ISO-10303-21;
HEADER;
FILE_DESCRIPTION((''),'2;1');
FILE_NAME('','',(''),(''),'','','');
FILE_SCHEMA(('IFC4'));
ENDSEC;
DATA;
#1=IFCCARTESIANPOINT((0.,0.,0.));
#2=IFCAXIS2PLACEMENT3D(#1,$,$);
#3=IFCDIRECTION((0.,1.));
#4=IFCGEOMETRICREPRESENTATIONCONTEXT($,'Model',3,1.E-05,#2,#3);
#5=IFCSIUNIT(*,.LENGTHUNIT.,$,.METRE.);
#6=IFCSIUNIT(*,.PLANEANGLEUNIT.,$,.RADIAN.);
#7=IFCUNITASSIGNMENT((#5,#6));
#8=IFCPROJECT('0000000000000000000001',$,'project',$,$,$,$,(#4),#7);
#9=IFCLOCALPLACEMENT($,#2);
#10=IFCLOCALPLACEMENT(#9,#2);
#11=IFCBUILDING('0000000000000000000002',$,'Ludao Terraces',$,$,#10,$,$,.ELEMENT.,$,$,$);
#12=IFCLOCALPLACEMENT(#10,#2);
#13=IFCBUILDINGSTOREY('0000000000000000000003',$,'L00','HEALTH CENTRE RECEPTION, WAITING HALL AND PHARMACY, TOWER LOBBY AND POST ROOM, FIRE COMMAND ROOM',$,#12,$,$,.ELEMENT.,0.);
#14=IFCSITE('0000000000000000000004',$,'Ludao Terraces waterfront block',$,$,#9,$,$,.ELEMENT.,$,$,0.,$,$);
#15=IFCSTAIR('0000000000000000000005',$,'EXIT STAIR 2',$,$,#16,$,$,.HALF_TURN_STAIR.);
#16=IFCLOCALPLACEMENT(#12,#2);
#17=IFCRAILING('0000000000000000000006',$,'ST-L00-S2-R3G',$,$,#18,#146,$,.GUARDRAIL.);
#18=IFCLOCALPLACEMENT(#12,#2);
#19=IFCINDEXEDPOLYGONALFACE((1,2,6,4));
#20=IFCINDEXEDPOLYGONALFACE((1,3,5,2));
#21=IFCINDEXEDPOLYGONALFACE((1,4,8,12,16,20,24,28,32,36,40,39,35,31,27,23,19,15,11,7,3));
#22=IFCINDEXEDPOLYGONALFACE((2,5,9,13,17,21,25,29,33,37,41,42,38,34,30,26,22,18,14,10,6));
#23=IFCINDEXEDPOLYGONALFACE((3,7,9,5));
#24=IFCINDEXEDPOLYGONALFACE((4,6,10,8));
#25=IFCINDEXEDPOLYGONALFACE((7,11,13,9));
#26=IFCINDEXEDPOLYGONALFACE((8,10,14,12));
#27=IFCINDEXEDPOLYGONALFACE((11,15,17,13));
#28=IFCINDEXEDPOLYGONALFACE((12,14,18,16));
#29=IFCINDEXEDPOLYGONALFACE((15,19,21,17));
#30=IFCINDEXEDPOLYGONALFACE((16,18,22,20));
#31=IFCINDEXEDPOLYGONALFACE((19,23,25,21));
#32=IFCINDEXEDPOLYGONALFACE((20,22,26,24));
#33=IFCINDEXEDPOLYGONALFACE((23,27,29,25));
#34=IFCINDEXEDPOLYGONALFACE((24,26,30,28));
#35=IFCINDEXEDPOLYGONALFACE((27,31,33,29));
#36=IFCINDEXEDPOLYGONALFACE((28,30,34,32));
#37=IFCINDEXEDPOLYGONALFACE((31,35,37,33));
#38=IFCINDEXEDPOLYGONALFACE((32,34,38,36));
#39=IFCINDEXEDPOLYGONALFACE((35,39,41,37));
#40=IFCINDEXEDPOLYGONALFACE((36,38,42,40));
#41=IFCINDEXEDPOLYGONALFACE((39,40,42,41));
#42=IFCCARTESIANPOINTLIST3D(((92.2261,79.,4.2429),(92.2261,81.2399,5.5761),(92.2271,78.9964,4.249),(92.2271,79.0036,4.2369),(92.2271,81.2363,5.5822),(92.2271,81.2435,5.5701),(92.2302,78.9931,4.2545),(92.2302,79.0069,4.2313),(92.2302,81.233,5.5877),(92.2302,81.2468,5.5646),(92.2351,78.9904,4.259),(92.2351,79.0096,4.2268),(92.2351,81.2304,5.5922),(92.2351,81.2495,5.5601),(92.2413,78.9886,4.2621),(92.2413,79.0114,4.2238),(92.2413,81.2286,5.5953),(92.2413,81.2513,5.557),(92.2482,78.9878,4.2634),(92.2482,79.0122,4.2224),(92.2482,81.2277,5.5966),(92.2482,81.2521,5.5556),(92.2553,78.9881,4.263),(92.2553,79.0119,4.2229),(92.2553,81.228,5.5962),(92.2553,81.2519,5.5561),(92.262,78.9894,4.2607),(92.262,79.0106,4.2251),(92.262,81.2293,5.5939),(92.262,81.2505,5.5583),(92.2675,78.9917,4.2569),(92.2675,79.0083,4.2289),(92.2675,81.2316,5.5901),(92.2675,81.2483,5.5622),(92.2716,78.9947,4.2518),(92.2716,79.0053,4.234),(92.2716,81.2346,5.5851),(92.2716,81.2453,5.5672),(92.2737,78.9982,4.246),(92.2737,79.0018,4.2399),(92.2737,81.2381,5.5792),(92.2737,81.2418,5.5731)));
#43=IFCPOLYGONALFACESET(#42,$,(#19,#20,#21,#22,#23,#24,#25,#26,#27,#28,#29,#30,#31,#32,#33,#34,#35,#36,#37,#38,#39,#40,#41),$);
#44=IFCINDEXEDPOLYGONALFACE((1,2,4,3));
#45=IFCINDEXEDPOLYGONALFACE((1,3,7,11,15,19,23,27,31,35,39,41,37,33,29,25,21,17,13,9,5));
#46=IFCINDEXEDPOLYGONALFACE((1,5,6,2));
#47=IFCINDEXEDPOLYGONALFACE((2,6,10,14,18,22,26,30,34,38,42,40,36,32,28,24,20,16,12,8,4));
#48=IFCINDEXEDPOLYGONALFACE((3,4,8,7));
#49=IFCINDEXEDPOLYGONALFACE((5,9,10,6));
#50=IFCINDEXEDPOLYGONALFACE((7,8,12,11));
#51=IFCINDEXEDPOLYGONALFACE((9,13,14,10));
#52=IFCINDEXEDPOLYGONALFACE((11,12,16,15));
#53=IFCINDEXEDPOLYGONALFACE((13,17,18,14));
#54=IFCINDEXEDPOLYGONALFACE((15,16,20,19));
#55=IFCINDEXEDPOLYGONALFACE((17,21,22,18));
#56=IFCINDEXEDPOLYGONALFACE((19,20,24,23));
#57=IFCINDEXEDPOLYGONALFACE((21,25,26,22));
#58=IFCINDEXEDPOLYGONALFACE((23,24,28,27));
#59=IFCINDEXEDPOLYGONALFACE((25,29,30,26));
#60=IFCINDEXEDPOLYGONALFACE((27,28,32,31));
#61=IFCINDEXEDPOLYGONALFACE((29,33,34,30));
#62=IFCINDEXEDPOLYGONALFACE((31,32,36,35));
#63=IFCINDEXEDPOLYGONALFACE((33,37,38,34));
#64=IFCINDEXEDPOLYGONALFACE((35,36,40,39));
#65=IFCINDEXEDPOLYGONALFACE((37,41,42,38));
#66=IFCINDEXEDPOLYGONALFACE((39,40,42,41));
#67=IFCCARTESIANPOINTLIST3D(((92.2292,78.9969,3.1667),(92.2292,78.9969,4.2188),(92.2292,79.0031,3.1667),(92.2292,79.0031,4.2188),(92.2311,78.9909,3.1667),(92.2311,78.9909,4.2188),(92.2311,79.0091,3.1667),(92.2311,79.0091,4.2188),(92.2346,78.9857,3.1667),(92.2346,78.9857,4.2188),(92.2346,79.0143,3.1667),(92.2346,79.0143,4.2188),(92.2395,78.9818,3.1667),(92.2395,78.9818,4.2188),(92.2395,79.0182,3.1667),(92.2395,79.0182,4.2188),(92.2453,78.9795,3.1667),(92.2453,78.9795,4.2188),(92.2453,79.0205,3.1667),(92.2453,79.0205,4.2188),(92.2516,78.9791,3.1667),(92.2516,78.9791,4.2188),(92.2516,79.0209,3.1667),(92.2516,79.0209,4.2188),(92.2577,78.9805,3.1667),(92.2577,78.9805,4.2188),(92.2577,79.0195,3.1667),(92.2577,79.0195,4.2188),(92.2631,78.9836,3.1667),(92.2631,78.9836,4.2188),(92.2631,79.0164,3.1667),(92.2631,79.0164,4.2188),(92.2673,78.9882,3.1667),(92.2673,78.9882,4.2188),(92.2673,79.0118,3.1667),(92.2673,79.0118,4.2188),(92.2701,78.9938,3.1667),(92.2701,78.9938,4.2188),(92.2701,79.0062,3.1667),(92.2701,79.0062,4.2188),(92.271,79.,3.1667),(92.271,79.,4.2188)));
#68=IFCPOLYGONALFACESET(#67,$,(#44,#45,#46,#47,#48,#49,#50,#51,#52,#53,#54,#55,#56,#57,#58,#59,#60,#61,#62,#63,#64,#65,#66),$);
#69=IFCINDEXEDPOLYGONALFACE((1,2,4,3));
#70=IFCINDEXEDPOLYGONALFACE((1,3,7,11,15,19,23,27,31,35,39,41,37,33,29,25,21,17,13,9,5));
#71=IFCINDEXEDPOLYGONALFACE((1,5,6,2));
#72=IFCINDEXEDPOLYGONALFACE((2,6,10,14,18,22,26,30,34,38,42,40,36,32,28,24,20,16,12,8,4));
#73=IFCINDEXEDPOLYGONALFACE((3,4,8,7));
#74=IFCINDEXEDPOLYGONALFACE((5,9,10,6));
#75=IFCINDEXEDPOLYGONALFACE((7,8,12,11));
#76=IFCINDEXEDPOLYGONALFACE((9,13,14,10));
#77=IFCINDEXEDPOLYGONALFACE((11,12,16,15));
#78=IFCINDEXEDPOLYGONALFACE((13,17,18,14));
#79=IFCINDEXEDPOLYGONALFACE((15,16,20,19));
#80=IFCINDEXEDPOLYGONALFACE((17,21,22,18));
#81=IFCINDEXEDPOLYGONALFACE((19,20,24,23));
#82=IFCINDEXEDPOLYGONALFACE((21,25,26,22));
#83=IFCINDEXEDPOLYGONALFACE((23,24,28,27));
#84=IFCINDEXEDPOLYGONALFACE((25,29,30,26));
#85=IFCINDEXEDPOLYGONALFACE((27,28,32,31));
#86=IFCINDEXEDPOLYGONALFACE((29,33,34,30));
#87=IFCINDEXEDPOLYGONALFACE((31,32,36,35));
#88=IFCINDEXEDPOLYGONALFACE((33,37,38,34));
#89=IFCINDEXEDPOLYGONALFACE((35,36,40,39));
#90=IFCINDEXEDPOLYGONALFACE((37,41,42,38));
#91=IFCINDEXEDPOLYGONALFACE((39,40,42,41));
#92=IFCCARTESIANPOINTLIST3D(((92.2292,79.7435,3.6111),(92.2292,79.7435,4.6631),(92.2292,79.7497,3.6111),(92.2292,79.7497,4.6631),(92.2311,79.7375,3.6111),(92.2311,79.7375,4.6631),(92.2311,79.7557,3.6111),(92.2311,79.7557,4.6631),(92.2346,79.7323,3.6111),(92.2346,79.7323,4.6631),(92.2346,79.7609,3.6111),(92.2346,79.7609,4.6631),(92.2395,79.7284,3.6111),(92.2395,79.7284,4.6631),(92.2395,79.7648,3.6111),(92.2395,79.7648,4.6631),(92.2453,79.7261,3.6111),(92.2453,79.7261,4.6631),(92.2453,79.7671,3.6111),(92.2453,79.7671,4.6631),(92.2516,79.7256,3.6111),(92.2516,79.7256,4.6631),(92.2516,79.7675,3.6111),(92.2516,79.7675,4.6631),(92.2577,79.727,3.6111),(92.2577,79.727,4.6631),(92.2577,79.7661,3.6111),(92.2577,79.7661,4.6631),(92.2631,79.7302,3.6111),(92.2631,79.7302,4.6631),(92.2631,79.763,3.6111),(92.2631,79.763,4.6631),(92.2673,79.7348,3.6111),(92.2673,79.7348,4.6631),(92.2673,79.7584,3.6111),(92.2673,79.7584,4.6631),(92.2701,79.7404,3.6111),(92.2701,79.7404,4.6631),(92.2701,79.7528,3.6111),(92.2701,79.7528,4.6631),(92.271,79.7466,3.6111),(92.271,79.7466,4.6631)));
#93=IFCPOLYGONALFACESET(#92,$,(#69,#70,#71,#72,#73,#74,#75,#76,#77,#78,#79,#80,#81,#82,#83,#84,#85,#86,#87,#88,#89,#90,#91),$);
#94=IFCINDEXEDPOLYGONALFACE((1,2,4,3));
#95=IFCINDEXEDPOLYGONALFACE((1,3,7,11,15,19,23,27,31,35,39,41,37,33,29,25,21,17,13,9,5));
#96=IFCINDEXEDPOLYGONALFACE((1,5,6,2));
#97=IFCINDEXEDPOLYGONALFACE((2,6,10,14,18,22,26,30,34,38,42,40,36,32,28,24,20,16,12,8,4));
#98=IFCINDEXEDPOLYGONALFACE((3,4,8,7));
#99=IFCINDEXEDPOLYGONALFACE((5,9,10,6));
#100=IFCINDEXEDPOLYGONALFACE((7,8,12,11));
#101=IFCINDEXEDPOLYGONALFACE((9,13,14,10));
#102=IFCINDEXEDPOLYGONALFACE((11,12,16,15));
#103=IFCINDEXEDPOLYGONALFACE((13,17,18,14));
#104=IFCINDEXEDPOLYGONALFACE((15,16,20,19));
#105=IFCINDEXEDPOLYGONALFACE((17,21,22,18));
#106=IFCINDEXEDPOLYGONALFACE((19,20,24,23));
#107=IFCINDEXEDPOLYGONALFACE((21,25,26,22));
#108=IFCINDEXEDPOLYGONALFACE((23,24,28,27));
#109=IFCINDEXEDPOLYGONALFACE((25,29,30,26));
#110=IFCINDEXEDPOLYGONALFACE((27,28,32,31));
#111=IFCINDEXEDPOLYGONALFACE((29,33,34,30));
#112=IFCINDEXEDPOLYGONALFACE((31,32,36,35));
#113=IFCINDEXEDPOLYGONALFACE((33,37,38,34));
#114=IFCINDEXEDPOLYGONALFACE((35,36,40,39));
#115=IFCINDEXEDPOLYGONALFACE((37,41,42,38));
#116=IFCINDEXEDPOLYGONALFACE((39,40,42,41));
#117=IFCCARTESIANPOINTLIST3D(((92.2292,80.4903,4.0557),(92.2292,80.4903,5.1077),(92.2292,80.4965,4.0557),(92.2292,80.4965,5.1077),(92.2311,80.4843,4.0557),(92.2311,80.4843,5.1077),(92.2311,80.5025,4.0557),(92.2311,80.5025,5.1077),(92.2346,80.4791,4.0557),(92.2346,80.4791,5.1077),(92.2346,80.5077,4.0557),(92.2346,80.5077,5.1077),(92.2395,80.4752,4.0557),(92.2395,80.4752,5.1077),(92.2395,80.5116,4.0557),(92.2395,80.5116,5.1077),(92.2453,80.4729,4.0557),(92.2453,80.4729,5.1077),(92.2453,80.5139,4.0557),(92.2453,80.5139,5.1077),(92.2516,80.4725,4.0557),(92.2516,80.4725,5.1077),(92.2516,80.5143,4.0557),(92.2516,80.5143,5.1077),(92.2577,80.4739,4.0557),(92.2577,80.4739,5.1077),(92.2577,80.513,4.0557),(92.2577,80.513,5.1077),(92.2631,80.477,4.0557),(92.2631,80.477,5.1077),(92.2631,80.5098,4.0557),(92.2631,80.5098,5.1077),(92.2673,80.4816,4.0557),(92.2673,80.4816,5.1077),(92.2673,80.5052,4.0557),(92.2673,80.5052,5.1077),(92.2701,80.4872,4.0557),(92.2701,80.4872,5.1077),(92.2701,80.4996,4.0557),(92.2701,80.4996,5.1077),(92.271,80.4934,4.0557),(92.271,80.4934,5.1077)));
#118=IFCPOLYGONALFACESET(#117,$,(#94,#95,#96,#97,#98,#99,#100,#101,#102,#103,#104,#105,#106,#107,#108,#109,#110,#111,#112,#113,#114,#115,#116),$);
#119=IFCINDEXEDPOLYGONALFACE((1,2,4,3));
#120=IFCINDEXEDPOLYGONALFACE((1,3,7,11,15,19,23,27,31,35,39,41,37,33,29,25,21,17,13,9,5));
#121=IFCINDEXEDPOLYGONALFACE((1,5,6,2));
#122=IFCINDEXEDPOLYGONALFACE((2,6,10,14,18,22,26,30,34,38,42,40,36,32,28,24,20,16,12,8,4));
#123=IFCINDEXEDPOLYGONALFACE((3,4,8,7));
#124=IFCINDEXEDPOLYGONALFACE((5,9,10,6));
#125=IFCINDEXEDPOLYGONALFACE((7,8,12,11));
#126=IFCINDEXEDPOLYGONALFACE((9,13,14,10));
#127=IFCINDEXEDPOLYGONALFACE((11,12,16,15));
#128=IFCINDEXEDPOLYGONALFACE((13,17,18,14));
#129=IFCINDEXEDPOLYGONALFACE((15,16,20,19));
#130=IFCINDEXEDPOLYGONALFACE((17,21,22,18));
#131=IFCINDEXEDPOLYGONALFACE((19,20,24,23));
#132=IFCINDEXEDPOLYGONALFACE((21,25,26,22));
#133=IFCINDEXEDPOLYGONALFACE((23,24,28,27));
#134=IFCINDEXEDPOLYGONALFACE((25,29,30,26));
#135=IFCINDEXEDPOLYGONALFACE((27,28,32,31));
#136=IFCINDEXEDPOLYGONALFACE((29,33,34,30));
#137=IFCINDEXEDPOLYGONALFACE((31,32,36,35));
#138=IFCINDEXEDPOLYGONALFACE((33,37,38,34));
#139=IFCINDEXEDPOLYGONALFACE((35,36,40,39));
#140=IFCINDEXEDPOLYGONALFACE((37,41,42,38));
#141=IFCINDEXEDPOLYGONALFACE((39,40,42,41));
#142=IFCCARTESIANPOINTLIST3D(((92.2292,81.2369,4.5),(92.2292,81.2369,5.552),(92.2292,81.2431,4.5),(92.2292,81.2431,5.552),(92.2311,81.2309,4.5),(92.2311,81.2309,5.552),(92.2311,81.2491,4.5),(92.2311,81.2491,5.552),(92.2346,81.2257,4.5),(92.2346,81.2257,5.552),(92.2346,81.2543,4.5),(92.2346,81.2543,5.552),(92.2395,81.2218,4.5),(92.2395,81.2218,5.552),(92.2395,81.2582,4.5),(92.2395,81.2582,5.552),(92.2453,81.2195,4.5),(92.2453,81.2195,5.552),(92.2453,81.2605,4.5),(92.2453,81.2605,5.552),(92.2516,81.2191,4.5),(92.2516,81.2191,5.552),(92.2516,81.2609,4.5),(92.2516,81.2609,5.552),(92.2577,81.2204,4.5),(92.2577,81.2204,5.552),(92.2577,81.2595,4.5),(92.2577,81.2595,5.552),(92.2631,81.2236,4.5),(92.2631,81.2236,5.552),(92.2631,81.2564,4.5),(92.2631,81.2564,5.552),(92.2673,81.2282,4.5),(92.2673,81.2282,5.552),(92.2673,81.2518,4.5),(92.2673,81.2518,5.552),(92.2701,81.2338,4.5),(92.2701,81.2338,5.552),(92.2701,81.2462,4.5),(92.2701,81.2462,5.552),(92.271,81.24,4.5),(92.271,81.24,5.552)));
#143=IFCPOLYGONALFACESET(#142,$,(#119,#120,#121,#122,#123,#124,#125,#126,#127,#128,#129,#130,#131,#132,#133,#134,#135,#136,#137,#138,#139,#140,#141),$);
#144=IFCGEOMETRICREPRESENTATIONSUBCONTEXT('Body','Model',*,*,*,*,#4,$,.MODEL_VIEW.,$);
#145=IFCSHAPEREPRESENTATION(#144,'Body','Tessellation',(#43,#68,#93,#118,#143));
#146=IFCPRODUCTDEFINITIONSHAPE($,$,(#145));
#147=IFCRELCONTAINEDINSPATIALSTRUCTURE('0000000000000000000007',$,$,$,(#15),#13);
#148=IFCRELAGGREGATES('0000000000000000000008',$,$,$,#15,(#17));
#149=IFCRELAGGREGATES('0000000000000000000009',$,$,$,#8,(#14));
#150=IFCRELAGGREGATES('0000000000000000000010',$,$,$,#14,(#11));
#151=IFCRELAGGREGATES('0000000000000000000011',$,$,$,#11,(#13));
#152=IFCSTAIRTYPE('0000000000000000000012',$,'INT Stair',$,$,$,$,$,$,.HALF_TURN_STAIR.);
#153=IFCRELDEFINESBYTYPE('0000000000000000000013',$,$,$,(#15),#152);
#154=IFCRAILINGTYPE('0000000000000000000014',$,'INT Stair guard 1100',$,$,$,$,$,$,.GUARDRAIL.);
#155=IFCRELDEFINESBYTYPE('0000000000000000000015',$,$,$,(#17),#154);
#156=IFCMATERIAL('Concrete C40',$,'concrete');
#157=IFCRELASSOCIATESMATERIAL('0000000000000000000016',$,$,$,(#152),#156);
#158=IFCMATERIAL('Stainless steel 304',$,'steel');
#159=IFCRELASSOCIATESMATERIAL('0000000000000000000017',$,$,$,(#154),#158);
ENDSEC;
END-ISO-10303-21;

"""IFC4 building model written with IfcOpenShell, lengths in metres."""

from ifc_helpers import new_model, si_unit, direction, frame, origin, origin_2d, place, context, subcontext, project, spatial, circle, extrude, material, type_object, element, aggregate, save


model = new_model("IFC4")

# Units and contexts
model_context = context("Model", 3, precision=1e-05, world=origin(), true_north=direction((0.0, 1.0)))
body_context = subcontext(model_context, "Body", "Model", "MODEL_VIEW")
ifc_project = project(units=[si_unit("LENGTHUNIT", "METRE"), si_unit("PLANEANGLEUNIT", "RADIAN")], contexts=[model_context])

# Site, building, storey
site_placement = place(None, origin())
site = spatial("IfcSite", under=ifc_project, at=site_placement, Name="Ludao Terraces waterfront block", CompositionType="ELEMENT", RefElevation=0.0)
building_placement = place(site_placement, origin())
building = spatial("IfcBuilding", under=site, at=building_placement, Name="Ludao Terraces", CompositionType="ELEMENT")
storey_placement = place(building_placement, origin())
storey = spatial("IfcBuildingStorey", under=building, at=storey_placement, Name="L00", Description="HEALTH CENTRE RECEPTION, WAITING HALL AND PHARMACY, TOWER LOBBY AND POST ROOM, FIRE COMMAND ROOM", CompositionType="ELEMENT", Elevation=0.0)

# Shared definitions
ifc_material_1 = material(Name="Concrete C40", Category="concrete")

# Stair, railing
stair_type = type_object("IfcStairType", Name="INT Stair", PredefinedType="HALF_TURN_STAIR", material=ifc_material_1)
stair_placement = place(storey_placement, origin())
stair = element("IfcStair", 1, at=stair_placement, inside=storey, type_object=stair_type, Name="EXIT STAIR 2", PredefinedType="HALF_TURN_STAIR")
ifc_material_2 = material(Name="Stainless steel 304", Category="steel")
railing_type_1 = type_object("IfcRailingType", Name="INT Stair guard 1100", PredefinedType="GUARDRAIL", material=ifc_material_2)
railing_1_placement = place(storey_placement, frame((92.25, 79.0, 3.1667)))
railing_1 = element("IfcRailing", 2, at=railing_1_placement, type_object=railing_type_1, Name="ST-L00-S2-R3G", PredefinedType="GUARDRAIL", context=body_context, shape_type="SweptSolid", body=[
    extrude(circle(Radius=0.0239, at=origin_2d()), frame((0.0, 0.0, 1.0762), z_axis=(0.0, 0.859306, 0.511462), x_axis=(-1.0, 0.0, 0.0)), (0.0, 0.0, 1.0), 2.6067),
    extrude(circle(Radius=0.021, at=origin_2d()), origin(), (0.0, 0.0, 1.0), 1.052),
    extrude(circle(Radius=0.021, at=origin_2d()), frame((0.0, 0.7466, 0.4443)), (0.0, 0.0, 1.0), 1.052),
    extrude(circle(Radius=0.021, at=origin_2d()), frame((0.0, 1.4934, 0.8889)), (0.0, 0.0, 1.0), 1.052),
    extrude(circle(Radius=0.021, at=origin_2d()), frame((0.0, 2.24, 1.3333)), (0.0, 0.0, 1.0), 1.052),
])
aggregate(stair, [railing_1])

save(model, "model.ifc")
